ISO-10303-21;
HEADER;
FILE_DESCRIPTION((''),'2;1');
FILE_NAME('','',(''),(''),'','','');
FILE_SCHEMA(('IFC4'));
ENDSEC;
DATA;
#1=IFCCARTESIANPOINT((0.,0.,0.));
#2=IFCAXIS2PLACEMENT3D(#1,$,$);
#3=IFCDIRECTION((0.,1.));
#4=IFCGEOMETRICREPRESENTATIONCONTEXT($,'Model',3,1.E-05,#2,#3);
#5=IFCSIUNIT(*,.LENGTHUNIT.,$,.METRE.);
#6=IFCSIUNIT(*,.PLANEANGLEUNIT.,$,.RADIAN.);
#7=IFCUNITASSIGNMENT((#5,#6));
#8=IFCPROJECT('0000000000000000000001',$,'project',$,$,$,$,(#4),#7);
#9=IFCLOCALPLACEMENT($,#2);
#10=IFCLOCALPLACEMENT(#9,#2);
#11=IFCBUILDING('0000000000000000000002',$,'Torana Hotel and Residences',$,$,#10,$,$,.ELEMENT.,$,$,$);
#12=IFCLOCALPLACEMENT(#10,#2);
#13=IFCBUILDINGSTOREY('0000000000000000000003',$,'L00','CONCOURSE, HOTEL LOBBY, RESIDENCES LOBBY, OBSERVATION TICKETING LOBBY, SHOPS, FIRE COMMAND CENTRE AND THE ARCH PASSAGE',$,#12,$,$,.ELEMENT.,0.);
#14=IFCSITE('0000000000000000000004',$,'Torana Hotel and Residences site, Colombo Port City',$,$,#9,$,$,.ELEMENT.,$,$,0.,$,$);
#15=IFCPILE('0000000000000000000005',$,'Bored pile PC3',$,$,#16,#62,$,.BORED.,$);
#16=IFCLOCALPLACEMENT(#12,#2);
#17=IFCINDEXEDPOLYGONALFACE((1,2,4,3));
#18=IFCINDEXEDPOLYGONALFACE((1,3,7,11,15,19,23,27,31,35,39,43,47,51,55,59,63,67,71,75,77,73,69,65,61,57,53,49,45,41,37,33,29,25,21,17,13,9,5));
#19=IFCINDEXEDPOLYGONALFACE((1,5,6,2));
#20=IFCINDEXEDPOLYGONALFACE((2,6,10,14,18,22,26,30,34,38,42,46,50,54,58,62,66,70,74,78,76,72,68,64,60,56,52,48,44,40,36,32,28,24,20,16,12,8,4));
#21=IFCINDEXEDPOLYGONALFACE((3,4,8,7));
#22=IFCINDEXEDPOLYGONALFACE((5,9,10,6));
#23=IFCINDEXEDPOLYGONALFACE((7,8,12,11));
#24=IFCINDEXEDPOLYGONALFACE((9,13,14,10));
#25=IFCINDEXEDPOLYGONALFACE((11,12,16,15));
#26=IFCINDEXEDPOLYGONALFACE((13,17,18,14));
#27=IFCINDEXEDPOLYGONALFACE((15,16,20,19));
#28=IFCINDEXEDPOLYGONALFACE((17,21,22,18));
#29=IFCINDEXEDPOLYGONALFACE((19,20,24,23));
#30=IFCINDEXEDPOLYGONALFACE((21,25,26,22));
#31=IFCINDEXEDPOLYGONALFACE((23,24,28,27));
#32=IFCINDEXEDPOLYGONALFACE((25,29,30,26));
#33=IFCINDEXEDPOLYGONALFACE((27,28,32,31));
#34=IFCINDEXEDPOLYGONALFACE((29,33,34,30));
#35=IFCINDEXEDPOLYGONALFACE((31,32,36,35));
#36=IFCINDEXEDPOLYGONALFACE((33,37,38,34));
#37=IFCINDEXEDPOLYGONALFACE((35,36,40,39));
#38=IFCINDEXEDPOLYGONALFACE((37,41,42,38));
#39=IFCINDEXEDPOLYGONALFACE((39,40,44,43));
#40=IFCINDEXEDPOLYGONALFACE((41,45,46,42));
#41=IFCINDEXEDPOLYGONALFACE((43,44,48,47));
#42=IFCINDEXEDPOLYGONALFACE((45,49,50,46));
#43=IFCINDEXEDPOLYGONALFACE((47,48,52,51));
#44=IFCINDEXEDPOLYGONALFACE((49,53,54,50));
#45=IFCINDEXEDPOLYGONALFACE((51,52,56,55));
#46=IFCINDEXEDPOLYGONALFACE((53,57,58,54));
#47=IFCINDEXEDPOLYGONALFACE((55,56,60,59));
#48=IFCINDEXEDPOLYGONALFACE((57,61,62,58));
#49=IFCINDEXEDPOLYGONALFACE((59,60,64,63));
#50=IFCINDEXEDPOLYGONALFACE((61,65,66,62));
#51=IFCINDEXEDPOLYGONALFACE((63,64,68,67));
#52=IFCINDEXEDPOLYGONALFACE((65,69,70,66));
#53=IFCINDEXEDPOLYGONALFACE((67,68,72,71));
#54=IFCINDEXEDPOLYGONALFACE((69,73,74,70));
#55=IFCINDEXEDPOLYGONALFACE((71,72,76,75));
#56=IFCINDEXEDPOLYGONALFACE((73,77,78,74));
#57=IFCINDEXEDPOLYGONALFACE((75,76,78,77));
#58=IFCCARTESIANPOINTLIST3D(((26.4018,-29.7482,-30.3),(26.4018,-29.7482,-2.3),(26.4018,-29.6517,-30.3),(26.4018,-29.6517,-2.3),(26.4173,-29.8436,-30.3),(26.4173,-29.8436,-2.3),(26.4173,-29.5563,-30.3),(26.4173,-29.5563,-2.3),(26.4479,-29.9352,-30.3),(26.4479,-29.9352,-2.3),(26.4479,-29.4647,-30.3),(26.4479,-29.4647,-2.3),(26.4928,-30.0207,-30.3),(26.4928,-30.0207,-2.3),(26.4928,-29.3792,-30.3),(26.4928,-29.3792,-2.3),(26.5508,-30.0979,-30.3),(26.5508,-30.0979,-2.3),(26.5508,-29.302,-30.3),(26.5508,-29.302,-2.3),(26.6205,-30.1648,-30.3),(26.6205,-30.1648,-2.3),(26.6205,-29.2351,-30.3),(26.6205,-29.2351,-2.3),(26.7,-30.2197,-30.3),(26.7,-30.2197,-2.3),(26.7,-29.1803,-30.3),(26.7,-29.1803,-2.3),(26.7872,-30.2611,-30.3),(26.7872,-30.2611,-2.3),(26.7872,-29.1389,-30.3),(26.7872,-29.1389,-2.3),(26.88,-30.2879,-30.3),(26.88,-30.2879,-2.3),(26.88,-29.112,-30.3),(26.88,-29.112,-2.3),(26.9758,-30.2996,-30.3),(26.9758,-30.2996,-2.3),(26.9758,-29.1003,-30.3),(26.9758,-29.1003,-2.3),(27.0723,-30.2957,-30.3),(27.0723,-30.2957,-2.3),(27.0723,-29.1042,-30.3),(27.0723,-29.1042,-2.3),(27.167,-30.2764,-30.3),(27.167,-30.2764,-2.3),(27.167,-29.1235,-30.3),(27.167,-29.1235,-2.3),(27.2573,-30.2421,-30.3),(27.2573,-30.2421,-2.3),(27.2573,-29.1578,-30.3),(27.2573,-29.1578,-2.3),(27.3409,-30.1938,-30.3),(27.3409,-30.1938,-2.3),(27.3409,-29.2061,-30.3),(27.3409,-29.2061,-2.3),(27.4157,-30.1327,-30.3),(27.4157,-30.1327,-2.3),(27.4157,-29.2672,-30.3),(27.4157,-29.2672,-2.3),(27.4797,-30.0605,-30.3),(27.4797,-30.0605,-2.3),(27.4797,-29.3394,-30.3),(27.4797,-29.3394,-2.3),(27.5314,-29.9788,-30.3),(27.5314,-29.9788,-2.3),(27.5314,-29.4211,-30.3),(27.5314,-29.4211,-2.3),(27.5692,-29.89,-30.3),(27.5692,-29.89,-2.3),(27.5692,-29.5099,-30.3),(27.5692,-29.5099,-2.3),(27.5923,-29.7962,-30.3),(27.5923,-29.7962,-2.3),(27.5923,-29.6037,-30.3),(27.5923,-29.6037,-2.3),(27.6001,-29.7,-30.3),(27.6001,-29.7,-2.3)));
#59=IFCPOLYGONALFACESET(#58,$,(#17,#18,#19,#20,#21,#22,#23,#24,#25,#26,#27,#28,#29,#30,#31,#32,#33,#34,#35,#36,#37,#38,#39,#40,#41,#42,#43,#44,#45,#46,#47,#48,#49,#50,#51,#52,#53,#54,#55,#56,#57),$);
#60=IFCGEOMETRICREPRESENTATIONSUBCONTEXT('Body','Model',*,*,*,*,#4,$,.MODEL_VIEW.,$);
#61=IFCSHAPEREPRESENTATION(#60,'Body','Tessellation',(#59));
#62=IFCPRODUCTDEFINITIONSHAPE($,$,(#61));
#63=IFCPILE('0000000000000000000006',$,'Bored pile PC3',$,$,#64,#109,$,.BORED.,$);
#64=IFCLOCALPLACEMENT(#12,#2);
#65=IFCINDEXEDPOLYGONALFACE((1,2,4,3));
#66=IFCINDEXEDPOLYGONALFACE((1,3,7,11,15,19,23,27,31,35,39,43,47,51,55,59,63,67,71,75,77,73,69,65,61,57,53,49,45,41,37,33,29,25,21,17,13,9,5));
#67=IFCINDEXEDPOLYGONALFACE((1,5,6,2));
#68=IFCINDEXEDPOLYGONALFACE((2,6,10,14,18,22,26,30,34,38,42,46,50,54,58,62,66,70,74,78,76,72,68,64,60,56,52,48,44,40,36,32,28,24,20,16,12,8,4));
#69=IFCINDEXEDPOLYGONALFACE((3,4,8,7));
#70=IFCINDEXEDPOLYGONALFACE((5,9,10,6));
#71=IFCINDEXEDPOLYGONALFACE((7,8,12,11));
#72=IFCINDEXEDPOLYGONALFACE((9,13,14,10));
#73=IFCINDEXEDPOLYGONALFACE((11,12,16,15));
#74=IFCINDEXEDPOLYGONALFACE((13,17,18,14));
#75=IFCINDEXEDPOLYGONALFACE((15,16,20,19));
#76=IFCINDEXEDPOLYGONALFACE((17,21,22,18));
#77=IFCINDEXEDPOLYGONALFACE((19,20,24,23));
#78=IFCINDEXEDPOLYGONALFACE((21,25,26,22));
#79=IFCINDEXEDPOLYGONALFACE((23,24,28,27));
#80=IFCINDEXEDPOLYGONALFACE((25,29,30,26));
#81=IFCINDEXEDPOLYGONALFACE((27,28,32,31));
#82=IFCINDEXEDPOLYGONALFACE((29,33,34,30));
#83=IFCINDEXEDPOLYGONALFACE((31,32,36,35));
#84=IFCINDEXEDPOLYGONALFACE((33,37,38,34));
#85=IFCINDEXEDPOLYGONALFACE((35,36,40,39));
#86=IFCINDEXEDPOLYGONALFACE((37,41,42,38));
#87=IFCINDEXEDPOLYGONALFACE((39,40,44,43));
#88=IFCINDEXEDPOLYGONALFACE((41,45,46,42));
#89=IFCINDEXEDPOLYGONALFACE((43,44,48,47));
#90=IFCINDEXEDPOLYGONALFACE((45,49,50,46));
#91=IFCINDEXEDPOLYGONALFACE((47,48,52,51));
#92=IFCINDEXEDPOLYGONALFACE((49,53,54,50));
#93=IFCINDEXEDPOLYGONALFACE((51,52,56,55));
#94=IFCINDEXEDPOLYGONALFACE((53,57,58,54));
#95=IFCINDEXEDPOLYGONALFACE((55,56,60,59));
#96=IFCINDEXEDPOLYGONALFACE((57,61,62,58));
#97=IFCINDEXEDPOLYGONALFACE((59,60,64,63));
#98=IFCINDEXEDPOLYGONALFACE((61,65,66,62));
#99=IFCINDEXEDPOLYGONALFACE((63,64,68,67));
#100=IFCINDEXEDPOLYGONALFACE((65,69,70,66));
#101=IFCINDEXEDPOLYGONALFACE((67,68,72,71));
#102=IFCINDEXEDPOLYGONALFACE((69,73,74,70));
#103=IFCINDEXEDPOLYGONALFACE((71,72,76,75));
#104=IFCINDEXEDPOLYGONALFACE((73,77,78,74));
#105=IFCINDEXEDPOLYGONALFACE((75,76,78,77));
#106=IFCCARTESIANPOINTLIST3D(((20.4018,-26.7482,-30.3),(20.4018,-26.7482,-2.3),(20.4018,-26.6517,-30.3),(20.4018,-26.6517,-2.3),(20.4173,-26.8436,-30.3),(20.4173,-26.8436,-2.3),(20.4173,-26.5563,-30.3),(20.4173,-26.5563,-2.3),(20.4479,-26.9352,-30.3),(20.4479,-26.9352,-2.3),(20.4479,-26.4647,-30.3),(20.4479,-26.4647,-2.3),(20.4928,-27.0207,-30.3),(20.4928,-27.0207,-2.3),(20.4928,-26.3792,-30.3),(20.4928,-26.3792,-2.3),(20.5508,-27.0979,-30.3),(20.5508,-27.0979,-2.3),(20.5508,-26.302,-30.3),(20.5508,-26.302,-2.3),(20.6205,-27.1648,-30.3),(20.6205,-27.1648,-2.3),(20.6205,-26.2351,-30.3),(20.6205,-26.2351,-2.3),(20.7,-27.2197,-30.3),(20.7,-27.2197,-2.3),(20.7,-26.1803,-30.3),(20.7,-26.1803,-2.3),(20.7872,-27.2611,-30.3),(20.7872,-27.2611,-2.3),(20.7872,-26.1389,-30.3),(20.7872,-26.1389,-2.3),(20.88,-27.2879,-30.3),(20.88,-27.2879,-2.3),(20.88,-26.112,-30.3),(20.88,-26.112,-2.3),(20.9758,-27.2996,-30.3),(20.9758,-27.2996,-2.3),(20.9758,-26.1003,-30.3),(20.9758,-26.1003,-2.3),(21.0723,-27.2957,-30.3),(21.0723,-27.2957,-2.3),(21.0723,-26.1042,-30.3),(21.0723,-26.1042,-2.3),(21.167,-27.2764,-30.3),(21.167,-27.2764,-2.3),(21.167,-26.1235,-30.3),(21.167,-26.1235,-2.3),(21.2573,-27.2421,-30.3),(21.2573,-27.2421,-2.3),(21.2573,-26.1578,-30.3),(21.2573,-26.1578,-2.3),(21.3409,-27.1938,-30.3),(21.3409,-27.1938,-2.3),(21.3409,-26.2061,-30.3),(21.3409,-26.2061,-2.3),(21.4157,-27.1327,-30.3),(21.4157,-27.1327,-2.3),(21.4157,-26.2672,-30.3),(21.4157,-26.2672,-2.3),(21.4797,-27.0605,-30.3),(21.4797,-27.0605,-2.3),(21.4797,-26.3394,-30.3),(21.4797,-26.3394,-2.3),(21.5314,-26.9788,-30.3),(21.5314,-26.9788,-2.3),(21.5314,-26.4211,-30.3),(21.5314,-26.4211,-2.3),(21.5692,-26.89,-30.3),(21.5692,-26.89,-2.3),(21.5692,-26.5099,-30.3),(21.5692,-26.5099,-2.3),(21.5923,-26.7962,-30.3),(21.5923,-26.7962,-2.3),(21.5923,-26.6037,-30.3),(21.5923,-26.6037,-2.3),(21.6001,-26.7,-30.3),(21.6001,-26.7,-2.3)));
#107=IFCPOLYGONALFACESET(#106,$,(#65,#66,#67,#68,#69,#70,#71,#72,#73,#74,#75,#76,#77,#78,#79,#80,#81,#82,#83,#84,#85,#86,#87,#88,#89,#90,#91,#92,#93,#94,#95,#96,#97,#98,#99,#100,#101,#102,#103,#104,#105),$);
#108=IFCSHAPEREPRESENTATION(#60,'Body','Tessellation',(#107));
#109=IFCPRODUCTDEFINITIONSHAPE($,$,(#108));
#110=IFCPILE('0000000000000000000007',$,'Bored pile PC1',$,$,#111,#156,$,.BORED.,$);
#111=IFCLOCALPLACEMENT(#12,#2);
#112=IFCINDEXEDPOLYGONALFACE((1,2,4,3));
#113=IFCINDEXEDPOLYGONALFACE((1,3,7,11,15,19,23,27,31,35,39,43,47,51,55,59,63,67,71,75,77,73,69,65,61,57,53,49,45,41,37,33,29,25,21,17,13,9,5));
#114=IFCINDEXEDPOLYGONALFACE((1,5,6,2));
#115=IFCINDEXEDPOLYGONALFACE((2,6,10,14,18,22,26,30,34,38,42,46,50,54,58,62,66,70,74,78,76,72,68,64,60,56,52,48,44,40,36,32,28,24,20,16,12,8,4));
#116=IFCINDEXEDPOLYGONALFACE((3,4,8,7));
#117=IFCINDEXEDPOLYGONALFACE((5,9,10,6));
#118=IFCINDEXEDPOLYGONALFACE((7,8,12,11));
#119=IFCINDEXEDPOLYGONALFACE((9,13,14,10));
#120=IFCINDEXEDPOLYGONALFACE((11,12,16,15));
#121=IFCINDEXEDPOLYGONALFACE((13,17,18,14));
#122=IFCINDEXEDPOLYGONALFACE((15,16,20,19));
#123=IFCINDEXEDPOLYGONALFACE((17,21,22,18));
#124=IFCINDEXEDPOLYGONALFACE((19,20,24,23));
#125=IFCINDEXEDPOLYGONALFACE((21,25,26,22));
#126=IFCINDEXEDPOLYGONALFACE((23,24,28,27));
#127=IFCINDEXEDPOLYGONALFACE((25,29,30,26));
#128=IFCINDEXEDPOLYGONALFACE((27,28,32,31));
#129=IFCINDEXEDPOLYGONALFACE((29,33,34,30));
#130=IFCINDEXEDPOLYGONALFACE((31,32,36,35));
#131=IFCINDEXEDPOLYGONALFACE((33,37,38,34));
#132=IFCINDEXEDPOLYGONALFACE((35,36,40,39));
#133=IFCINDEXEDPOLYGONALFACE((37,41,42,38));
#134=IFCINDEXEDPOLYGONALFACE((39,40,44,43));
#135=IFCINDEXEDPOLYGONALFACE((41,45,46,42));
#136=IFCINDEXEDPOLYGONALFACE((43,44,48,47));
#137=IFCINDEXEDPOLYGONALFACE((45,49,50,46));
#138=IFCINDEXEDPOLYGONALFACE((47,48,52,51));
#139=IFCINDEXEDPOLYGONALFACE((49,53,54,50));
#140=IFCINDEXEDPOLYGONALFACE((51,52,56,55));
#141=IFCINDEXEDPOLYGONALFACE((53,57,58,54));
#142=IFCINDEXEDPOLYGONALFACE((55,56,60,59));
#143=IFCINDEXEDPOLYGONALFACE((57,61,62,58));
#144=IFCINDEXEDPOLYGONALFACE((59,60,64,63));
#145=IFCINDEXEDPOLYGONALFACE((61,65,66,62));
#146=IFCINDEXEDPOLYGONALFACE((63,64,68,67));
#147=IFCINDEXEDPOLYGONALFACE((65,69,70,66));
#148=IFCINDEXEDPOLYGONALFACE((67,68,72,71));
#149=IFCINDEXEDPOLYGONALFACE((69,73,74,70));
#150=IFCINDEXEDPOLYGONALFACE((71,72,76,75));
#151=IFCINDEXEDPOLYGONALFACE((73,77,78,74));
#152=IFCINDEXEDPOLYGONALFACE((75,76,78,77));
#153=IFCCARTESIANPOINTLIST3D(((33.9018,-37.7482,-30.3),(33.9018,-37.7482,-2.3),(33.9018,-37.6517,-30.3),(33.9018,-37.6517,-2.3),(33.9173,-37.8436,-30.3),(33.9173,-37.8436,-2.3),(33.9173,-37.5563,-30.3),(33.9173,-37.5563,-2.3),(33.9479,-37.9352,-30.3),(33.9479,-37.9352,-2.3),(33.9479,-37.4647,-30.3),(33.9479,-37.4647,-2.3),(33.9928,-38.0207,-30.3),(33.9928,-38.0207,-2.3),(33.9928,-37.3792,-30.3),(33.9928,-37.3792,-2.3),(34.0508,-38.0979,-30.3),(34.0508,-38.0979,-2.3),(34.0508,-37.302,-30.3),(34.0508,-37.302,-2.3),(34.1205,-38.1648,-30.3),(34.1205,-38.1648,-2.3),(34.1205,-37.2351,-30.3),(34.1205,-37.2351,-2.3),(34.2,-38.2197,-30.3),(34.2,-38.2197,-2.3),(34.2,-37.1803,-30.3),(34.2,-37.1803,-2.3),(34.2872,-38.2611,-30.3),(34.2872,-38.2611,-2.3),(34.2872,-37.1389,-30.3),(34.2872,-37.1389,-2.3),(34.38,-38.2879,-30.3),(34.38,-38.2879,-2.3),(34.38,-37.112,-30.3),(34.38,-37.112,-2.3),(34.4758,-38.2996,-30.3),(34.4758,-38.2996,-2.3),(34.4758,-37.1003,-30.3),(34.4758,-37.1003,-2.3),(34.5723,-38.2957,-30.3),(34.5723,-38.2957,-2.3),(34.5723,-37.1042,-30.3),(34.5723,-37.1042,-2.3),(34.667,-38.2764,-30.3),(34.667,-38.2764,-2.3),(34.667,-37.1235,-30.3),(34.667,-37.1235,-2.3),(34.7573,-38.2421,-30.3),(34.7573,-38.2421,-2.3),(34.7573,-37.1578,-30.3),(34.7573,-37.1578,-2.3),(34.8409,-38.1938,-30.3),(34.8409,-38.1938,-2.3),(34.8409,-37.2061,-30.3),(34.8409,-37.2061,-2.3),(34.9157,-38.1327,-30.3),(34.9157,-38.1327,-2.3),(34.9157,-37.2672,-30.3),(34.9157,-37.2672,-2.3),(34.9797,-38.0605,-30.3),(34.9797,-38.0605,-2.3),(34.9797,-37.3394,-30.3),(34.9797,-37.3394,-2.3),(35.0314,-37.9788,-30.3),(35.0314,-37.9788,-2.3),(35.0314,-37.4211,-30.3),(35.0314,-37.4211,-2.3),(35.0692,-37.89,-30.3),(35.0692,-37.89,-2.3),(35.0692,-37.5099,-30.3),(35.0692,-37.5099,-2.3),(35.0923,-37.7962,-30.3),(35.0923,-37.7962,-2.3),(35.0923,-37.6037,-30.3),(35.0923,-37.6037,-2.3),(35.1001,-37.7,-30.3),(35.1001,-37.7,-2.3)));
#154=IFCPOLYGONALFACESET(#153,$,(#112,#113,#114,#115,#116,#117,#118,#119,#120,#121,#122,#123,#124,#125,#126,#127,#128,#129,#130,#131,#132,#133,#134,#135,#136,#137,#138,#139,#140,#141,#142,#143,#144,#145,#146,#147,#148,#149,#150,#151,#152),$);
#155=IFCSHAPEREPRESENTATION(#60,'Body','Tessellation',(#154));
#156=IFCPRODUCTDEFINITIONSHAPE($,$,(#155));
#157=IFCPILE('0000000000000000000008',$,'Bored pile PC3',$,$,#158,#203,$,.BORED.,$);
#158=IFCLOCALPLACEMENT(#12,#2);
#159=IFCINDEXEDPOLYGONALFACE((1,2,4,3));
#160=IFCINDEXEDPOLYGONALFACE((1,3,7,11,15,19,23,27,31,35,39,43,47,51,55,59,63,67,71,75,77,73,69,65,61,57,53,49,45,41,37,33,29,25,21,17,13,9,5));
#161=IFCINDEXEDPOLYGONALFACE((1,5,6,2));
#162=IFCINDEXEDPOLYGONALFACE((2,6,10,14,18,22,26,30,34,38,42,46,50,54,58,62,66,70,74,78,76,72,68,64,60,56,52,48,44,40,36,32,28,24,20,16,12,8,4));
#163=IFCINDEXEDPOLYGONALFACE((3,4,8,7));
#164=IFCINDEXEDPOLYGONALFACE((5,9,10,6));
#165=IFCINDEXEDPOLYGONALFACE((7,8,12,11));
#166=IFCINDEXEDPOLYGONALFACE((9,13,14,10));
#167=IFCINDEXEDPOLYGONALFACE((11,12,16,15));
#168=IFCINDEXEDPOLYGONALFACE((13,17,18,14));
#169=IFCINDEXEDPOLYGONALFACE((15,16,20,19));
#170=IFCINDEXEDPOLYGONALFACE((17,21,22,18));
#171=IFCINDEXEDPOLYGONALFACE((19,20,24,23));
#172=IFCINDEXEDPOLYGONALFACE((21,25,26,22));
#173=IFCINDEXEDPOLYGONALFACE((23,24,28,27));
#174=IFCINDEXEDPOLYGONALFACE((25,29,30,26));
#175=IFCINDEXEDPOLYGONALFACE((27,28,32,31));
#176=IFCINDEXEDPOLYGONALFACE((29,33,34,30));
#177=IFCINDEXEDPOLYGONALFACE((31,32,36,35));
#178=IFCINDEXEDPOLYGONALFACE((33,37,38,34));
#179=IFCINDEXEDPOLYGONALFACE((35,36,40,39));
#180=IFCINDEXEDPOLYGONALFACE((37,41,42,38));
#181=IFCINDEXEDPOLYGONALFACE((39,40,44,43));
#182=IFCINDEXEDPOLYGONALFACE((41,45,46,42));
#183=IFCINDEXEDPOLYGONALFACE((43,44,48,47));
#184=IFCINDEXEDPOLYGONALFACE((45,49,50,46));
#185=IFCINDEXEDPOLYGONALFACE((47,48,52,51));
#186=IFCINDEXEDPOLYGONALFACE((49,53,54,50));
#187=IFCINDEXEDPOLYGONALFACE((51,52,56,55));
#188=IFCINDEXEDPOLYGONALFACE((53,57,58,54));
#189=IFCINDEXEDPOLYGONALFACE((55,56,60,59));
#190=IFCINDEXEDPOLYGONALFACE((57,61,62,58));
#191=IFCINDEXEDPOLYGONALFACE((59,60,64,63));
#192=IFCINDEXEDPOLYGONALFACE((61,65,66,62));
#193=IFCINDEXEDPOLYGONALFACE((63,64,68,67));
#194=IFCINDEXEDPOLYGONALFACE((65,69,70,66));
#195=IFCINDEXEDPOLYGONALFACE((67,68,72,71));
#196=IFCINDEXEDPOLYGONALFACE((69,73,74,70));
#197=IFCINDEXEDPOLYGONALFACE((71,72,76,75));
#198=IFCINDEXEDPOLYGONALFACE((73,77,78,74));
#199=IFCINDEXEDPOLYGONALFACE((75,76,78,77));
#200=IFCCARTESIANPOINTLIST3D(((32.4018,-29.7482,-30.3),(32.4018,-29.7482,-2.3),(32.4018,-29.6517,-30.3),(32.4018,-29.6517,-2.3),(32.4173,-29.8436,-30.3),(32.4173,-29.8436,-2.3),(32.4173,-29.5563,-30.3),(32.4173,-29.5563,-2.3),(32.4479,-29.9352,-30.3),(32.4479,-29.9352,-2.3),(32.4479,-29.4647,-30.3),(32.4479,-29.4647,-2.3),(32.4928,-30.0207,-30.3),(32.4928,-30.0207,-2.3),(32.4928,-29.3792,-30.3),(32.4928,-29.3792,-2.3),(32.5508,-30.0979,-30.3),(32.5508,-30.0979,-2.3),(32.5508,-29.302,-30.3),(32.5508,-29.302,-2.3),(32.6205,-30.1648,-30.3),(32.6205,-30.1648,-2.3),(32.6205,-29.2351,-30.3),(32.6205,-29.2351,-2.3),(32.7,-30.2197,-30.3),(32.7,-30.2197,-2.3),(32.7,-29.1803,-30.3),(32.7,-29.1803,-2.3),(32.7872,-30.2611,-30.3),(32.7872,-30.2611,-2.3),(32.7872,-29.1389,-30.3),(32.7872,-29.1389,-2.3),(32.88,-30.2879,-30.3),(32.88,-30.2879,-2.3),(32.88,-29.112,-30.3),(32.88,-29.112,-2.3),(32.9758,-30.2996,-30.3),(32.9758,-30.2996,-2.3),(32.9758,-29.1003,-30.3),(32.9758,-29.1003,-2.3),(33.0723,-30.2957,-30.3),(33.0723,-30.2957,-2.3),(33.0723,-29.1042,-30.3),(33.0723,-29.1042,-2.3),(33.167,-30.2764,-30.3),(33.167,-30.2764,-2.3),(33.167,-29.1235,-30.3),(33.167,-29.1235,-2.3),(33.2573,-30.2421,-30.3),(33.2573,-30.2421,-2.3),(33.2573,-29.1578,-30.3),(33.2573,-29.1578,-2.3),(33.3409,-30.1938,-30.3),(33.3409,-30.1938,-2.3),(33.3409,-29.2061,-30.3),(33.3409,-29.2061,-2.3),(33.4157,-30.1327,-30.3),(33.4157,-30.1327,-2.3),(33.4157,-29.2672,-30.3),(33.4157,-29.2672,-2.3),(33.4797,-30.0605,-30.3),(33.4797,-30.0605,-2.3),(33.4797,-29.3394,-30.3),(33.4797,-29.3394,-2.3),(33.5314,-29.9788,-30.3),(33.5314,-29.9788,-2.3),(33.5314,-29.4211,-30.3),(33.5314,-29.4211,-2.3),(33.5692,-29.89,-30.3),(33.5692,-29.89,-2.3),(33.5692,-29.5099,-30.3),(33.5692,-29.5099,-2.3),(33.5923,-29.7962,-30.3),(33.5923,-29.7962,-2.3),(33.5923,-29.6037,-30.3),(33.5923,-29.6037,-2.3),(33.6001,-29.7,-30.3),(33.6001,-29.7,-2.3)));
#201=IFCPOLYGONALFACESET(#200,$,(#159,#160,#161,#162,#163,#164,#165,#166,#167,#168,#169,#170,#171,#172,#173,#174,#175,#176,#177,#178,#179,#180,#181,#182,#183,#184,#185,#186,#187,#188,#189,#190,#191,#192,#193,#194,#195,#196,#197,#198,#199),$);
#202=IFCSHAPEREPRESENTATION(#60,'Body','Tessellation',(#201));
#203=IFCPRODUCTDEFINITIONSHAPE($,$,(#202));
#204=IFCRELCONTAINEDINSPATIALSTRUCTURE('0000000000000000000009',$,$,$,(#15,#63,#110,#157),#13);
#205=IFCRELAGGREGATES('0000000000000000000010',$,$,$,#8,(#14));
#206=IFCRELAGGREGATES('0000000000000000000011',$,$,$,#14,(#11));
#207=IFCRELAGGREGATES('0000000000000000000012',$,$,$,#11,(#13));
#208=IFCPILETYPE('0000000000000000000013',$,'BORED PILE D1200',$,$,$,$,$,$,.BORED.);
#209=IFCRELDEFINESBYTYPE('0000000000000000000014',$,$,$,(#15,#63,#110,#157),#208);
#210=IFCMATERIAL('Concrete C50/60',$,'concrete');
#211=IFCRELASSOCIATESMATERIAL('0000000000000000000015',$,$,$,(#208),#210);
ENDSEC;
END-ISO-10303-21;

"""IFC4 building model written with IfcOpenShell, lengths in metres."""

from ifc_helpers import new_model, si_unit, direction, frame, origin, origin_2d, place, context, subcontext, project, spatial, circle, extrude, material, type_object, element, save


model = new_model("IFC4")

# Units and contexts
model_context = context("Model", 3, precision=1e-05, world=origin(), true_north=direction((0.0, 1.0)))
body_context = subcontext(model_context, "Body", "Model", "MODEL_VIEW")
ifc_project = project(units=[si_unit("LENGTHUNIT", "METRE"), si_unit("PLANEANGLEUNIT", "RADIAN")], contexts=[model_context])

# Site, building, storey
site_placement = place(None, origin())
site = spatial("IfcSite", under=ifc_project, at=site_placement, Name="Torana Hotel and Residences site, Colombo Port City", CompositionType="ELEMENT", RefElevation=0.0)
building_placement = place(site_placement, origin())
building = spatial("IfcBuilding", under=site, at=building_placement, Name="Torana Hotel and Residences", CompositionType="ELEMENT")
storey_placement = place(building_placement, origin())
storey = spatial("IfcBuildingStorey", under=building, at=storey_placement, Name="L00", Description="CONCOURSE, HOTEL LOBBY, RESIDENCES LOBBY, OBSERVATION TICKETING LOBBY, SHOPS, FIRE COMMAND CENTRE AND THE ARCH PASSAGE", CompositionType="ELEMENT", Elevation=0.0)

# Piles
ifc_material_1 = material(Name="Concrete C50/60", Category="concrete")
pile_type_1 = type_object("IfcPileType", Name="BORED PILE D1200", PredefinedType="BORED", material=ifc_material_1)
for number, where, z_axis, x_axis, name in (
    (1, (27.0, -29.7, -2.3), (0.0, 0.0, -1.0), (1.0, 0.0, 0.0), "Bored pile PC3"),
    (2, (21.0, -26.7, -2.3), (0.0, 0.0, -1.0), (1.0, 0.0, 0.0), "Bored pile PC3"),
    (3, (34.5, -37.7, -2.3), (0.0, 0.0, -1.0), (1.0, 0.0, 0.0), "Bored pile PC1"),
    (4, (33.0, -29.7, -2.3), (0.0, 0.0, -1.0), (1.0, 0.0, 0.0), "Bored pile PC3"),
):
    element("IfcPile", number, at=place(storey_placement, frame(where, z_axis=z_axis, x_axis=x_axis)), inside=storey, type_object=pile_type_1, Name=name, PredefinedType="BORED", context=body_context, shape_type="SweptSolid", body=[
        extrude(circle(Radius=0.6001, at=origin_2d()), origin(), (0.0, 0.0, 1.0), 28.0),
    ])

save(model, "model.ifc")
